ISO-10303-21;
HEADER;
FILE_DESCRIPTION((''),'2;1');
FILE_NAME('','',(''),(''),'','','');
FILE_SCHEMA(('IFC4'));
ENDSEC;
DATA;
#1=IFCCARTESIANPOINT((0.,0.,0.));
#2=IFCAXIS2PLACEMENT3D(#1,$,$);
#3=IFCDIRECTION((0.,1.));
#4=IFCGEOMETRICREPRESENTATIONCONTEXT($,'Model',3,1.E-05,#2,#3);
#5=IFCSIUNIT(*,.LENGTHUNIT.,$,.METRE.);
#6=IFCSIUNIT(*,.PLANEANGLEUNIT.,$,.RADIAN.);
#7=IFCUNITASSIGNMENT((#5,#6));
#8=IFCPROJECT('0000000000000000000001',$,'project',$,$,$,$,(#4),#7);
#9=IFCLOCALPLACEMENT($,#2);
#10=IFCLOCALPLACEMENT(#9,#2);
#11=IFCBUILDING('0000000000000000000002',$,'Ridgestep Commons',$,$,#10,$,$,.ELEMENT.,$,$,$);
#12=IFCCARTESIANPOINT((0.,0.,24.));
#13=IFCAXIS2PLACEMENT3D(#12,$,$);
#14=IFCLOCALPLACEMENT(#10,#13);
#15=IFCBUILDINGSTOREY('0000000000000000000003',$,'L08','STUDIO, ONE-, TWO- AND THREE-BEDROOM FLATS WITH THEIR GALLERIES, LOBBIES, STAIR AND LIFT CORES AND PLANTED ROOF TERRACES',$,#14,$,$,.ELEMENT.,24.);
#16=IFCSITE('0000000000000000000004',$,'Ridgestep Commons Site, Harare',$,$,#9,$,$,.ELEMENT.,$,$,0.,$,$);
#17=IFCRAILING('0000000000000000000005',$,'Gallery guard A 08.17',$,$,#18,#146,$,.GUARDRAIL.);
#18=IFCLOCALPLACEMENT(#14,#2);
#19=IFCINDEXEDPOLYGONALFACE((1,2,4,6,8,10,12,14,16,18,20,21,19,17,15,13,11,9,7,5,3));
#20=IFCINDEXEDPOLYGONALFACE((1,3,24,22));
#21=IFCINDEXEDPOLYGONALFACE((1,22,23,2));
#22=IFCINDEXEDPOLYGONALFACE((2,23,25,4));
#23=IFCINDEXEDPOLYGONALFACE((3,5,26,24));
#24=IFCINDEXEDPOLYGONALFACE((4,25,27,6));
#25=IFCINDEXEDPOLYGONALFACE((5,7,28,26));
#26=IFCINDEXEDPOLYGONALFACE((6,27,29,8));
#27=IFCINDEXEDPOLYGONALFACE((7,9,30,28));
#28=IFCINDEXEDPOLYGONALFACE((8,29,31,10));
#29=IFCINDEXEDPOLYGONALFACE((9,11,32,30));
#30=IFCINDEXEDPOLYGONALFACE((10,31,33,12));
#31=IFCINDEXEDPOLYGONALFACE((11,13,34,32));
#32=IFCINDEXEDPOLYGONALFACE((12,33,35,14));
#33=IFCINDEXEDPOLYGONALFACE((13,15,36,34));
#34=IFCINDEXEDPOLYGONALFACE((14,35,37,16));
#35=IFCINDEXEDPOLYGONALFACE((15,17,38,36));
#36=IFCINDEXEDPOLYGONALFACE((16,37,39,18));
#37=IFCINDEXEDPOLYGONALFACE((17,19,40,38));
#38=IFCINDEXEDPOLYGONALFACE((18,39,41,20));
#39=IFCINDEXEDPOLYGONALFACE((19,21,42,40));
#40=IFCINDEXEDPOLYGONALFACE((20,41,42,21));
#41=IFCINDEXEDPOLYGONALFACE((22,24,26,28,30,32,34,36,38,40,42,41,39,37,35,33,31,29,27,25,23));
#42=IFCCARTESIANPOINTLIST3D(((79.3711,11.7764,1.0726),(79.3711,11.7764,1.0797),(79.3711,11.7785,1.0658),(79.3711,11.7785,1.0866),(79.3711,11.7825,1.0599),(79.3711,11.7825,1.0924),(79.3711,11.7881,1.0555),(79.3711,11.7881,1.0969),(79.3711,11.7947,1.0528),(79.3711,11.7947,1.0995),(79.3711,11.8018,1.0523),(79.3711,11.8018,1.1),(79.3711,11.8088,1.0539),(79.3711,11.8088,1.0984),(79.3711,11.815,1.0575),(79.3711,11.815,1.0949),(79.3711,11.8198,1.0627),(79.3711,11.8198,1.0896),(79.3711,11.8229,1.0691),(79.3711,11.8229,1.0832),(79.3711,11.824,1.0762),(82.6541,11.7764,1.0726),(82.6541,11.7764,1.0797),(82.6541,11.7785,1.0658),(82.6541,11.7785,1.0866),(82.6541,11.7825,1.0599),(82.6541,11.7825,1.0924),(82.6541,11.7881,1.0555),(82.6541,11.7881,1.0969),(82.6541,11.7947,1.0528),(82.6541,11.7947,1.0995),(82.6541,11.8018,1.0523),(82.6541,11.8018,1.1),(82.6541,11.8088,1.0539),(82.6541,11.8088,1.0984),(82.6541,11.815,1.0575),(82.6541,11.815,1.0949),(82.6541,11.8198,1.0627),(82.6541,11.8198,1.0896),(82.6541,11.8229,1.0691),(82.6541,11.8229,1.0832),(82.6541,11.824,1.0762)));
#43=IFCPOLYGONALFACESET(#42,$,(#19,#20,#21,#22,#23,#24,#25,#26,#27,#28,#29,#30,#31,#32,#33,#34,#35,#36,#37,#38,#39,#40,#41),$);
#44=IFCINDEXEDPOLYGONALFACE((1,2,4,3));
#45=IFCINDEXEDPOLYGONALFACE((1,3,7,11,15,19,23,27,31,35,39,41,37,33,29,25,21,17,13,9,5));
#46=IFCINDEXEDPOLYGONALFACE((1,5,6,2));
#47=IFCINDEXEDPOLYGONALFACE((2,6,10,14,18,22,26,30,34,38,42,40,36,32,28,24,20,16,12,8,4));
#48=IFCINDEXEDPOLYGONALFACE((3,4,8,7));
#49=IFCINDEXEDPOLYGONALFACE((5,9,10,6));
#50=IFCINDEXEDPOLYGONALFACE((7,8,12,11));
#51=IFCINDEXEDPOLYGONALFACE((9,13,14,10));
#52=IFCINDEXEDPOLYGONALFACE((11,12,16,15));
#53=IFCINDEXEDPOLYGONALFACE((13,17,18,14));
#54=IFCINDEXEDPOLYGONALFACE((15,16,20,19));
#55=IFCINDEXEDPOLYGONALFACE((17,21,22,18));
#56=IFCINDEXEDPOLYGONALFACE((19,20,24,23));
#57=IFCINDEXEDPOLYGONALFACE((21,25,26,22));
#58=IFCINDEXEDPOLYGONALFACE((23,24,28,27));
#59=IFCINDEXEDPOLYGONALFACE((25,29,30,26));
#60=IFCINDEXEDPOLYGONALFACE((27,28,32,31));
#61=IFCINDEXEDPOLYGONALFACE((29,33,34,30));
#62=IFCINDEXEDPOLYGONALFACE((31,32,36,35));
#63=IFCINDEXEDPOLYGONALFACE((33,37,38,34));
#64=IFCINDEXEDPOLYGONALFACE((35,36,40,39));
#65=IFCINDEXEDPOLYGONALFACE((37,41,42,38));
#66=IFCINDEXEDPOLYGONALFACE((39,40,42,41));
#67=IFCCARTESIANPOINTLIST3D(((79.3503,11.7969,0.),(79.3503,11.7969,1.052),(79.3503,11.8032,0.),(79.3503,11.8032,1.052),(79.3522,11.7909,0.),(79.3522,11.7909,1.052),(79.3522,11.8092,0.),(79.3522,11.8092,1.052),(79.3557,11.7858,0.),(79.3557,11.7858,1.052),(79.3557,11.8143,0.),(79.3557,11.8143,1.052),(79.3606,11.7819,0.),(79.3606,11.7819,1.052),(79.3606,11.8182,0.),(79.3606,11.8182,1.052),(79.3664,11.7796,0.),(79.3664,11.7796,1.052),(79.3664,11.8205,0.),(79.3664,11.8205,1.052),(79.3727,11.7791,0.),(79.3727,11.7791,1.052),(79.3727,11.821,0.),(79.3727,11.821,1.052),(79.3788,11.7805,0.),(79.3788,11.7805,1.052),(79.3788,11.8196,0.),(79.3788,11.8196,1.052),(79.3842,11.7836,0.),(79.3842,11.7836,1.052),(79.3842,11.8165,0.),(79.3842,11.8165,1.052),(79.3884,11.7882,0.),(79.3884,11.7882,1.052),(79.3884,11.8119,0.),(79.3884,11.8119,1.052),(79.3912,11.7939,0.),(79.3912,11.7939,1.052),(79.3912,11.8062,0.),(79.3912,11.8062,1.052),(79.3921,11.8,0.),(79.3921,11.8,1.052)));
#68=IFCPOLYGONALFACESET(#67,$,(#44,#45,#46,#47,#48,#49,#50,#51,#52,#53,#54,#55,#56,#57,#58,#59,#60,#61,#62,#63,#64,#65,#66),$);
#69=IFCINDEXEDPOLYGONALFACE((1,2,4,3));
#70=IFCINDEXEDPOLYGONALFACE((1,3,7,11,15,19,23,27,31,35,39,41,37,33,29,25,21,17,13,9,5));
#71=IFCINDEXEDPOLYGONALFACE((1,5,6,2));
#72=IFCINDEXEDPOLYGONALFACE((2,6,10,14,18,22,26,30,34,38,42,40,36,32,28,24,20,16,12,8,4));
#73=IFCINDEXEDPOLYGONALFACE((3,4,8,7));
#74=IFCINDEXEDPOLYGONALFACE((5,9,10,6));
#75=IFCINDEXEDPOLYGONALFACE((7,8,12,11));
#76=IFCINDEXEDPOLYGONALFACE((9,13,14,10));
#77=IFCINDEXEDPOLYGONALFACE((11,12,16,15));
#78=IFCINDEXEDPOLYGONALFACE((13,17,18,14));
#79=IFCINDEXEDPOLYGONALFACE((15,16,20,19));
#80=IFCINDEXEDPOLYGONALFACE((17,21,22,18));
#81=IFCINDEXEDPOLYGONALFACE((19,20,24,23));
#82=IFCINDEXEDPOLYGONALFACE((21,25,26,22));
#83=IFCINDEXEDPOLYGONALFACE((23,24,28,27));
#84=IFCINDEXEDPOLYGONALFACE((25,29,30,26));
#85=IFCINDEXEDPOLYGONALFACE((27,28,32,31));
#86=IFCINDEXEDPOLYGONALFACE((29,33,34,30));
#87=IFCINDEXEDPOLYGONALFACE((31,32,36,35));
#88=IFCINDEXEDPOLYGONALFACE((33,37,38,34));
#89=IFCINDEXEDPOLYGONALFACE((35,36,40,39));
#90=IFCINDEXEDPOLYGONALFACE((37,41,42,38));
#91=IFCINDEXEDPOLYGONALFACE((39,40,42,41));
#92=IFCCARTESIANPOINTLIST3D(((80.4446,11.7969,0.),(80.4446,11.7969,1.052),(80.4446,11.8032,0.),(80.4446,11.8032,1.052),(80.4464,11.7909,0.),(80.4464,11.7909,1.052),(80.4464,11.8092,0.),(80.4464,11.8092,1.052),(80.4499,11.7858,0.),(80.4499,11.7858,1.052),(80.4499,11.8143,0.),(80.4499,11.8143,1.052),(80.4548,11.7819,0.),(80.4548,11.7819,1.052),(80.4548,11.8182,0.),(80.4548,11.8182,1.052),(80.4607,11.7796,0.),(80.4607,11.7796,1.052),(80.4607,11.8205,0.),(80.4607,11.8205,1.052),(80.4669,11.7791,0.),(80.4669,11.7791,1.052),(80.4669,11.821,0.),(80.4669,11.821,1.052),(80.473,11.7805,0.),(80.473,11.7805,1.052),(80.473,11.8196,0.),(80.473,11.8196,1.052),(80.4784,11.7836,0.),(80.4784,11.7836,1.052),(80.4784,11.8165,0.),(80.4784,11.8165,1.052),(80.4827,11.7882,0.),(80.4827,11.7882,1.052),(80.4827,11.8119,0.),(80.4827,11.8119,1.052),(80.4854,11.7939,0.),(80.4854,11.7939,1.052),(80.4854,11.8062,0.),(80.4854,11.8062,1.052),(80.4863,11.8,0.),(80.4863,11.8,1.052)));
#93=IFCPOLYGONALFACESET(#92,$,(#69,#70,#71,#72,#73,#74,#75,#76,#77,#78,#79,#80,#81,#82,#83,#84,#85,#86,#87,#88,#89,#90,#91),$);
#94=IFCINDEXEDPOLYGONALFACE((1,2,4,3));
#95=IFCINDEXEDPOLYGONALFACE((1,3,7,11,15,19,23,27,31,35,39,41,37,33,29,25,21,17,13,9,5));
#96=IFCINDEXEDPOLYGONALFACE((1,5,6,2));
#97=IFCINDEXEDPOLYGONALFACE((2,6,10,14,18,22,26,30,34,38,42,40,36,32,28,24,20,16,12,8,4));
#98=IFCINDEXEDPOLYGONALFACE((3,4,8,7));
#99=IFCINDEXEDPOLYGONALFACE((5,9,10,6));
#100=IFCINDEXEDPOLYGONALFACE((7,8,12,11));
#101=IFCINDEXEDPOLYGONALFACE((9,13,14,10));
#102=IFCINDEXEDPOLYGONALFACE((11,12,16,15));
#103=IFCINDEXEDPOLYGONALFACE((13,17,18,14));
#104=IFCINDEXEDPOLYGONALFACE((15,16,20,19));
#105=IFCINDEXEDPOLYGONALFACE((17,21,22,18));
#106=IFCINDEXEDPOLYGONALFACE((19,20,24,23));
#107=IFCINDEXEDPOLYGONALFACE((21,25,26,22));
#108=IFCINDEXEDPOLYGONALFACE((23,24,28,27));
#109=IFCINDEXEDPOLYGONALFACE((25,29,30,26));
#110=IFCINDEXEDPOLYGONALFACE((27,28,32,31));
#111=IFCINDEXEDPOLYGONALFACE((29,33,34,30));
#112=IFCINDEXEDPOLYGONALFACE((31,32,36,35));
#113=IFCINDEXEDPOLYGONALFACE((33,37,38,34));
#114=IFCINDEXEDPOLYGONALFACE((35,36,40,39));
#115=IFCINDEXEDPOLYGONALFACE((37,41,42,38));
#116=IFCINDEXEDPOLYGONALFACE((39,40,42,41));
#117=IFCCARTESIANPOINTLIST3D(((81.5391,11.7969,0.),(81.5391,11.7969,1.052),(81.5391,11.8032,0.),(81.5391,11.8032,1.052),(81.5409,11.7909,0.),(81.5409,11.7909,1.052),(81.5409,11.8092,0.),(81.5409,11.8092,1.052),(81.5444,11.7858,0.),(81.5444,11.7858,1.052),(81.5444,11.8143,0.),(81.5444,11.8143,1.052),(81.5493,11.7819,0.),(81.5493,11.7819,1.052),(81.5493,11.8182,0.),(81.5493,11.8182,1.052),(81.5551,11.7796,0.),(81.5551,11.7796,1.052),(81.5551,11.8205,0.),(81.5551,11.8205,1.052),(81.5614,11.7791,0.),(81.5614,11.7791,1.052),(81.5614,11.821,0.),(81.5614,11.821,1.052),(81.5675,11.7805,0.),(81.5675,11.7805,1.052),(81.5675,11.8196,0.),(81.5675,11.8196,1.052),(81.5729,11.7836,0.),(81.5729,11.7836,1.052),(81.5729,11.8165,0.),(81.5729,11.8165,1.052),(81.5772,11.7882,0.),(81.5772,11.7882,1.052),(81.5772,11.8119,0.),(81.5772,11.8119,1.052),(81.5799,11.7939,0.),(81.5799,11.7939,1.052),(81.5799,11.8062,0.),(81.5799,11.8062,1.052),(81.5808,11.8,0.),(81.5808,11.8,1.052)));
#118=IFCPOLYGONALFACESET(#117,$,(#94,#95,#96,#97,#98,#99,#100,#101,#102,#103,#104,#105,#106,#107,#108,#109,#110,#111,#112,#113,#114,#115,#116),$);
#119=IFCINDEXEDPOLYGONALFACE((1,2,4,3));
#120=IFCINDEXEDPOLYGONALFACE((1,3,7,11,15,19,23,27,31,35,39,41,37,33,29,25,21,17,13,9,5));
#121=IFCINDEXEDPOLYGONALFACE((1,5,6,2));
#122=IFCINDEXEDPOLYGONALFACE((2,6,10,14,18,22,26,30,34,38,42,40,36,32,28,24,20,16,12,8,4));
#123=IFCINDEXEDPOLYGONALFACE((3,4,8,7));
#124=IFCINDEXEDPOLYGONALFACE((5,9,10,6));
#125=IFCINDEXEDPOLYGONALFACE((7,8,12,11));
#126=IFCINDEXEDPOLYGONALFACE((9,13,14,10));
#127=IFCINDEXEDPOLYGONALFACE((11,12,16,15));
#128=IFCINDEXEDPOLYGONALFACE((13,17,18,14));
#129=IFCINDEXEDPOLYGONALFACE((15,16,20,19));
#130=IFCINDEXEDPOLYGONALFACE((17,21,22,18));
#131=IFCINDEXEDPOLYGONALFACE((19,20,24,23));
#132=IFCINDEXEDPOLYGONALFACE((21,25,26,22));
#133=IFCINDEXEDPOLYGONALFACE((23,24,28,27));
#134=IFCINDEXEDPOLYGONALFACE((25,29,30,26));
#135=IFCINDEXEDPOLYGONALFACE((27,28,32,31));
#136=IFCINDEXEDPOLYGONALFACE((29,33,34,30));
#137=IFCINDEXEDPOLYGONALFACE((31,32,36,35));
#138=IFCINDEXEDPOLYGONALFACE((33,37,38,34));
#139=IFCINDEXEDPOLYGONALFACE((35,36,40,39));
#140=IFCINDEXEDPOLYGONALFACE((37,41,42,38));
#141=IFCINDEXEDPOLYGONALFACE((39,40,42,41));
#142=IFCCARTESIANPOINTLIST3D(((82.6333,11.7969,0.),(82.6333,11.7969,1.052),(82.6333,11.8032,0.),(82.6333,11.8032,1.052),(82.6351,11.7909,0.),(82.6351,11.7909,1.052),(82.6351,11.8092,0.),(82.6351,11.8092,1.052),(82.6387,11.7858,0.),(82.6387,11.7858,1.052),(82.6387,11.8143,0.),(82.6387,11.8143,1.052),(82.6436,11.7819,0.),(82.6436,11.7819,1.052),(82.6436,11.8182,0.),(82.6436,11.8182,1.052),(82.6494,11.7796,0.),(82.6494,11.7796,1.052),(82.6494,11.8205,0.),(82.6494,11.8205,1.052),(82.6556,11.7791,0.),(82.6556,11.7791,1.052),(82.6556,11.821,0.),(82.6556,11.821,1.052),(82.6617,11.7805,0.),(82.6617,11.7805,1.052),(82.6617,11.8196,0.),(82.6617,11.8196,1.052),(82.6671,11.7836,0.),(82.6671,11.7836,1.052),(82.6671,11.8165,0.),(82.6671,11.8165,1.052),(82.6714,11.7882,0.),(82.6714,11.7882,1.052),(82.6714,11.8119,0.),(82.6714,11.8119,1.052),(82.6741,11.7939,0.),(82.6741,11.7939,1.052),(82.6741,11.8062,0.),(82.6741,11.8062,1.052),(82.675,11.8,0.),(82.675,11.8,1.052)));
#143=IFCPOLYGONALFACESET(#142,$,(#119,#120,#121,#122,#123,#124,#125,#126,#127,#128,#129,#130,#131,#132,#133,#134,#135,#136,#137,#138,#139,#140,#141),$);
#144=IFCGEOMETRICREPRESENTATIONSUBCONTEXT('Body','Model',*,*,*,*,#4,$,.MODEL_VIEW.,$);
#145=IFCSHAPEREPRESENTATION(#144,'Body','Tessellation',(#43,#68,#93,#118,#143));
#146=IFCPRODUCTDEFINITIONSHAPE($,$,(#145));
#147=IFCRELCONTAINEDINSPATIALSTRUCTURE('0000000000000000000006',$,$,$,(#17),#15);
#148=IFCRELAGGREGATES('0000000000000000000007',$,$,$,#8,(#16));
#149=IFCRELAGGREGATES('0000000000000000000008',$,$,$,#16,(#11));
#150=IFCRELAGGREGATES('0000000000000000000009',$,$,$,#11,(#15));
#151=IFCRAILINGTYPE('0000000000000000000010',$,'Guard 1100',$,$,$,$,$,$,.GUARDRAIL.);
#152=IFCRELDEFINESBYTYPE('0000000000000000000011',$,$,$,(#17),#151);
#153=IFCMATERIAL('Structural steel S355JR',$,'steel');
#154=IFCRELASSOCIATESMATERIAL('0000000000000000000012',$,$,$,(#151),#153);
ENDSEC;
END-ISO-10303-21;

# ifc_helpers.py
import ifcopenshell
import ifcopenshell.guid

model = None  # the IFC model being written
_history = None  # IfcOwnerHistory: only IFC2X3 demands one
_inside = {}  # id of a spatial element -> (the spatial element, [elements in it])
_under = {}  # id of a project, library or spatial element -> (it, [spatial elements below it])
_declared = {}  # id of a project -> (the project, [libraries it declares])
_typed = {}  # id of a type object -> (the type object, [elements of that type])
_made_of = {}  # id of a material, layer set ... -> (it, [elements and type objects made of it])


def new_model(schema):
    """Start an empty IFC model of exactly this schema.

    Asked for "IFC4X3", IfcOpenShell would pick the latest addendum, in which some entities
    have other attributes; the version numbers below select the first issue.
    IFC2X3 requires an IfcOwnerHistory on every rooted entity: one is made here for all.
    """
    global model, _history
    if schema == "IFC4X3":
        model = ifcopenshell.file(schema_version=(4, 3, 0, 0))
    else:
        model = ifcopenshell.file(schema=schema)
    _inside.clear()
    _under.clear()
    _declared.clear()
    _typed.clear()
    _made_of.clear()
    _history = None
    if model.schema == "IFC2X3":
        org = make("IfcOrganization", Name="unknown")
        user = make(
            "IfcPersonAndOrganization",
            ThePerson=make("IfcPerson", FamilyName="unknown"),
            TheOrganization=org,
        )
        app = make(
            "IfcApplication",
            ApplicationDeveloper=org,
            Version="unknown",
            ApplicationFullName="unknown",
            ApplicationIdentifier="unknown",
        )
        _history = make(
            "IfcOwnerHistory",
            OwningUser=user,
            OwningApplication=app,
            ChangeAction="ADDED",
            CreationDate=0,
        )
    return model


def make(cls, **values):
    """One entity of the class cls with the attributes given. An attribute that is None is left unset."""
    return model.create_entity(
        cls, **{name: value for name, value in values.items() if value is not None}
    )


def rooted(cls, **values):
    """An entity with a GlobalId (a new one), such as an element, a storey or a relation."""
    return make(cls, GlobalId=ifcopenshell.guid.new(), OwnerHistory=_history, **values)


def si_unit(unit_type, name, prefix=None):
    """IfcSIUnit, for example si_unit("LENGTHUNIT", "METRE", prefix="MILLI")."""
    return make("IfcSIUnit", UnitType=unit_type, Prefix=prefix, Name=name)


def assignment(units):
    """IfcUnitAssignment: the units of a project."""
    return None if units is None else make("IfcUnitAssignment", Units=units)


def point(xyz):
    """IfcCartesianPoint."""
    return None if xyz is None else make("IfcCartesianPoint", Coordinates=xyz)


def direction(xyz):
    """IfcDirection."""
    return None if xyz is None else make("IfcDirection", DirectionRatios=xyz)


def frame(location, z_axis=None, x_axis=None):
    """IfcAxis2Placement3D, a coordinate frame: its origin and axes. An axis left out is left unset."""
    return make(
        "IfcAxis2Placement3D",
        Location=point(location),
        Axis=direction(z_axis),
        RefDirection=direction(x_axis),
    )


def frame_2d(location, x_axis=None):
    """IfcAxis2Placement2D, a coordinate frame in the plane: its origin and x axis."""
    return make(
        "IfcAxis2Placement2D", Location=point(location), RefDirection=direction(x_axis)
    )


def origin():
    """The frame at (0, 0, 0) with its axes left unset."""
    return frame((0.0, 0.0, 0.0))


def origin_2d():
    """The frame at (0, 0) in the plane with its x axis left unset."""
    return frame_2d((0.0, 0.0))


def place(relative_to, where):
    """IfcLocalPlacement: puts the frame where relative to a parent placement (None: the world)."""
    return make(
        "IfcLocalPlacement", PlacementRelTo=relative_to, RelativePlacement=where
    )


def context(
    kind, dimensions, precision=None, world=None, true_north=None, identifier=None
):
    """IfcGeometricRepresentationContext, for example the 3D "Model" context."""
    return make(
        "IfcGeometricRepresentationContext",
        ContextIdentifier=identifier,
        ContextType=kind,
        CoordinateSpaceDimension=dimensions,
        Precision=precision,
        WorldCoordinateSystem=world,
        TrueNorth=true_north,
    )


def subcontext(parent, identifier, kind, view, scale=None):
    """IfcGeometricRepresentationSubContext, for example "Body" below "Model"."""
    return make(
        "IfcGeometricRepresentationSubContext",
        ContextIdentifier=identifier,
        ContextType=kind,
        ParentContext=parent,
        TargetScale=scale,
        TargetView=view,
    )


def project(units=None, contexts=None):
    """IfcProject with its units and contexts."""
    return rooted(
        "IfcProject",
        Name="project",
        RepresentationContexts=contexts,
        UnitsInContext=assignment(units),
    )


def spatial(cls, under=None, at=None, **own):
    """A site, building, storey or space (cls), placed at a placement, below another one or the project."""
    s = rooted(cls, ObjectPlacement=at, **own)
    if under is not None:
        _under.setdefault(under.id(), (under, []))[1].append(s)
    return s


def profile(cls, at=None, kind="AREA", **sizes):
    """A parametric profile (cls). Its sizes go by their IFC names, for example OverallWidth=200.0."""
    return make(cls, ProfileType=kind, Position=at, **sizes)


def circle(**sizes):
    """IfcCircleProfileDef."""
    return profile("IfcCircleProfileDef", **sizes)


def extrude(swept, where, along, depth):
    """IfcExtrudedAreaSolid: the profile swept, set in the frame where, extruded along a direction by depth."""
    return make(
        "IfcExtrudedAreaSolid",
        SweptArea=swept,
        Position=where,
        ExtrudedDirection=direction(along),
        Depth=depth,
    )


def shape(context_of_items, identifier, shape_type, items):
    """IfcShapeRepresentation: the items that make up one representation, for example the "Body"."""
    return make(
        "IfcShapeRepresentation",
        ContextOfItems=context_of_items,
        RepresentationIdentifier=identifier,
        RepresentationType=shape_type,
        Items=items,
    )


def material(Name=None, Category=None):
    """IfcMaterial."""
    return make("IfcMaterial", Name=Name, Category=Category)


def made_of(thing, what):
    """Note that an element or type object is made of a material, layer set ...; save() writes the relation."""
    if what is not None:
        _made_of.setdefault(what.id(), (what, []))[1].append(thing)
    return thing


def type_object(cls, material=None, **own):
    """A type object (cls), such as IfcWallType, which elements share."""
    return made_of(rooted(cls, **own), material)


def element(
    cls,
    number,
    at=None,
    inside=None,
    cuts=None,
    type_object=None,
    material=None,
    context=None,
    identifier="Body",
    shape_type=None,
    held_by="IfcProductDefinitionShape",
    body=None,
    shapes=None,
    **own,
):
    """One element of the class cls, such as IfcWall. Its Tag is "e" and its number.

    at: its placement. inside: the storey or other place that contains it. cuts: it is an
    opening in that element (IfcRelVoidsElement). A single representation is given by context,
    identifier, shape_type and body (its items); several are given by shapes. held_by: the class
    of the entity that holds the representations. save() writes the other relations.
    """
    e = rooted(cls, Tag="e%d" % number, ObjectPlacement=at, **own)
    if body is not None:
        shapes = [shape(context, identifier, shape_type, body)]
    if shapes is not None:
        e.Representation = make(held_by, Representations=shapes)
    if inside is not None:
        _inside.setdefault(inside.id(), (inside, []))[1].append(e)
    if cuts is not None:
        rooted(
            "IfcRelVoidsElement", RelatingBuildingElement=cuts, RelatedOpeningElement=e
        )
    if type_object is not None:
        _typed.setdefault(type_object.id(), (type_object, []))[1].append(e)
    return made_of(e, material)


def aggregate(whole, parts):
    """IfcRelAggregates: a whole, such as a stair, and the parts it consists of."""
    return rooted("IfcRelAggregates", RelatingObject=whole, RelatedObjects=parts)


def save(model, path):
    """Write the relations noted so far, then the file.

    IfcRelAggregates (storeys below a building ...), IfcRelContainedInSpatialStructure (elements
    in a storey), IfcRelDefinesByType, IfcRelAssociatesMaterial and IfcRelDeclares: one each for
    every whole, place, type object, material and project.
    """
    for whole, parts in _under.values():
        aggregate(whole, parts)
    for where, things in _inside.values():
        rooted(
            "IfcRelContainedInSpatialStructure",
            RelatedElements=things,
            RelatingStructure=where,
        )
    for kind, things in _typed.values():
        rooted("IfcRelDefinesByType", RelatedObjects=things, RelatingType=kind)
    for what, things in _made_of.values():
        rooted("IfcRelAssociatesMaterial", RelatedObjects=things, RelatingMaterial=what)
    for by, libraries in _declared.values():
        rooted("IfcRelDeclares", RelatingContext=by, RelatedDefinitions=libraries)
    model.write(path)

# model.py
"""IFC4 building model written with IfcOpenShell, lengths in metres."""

from ifc_helpers import new_model, si_unit, direction, frame, origin, origin_2d, place, context, subcontext, project, spatial, circle, extrude, material, type_object, element, save


model = new_model("IFC4")

# Units and contexts
model_context = context("Model", 3, precision=1e-05, world=origin(), true_north=direction((0.0, 1.0)))
body_context = subcontext(model_context, "Body", "Model", "MODEL_VIEW")
ifc_project = project(units=[si_unit("LENGTHUNIT", "METRE"), si_unit("PLANEANGLEUNIT", "RADIAN")], contexts=[model_context])

# Site, building, storey
site_placement = place(None, origin())
site = spatial("IfcSite", under=ifc_project, at=site_placement, Name="Ridgestep Commons Site, Harare", CompositionType="ELEMENT", RefElevation=0.0)
building_placement = place(site_placement, origin())
building = spatial("IfcBuilding", under=site, at=building_placement, Name="Ridgestep Commons", CompositionType="ELEMENT")
storey_placement = place(building_placement, frame((0.0, 0.0, 24.0)))
storey = spatial("IfcBuildingStorey", under=building, at=storey_placement, Name="L08", Description="STUDIO, ONE-, TWO- AND THREE-BEDROOM FLATS WITH THEIR GALLERIES, LOBBIES, STAIR AND LIFT CORES AND PLANTED ROOF TERRACES", CompositionType="ELEMENT", Elevation=24.0)

# Railing
ifc_material_1 = material(Name="Structural steel S355JR", Category="steel")
railing_type = type_object("IfcRailingType", Name="Guard 1100", PredefinedType="GUARDRAIL", material=ifc_material_1)
railing_1_placement = place(storey_placement, frame((79.3711, 11.8, 0.0)))
element("IfcRailing", 1, at=railing_1_placement, inside=storey, type_object=railing_type, Name="Gallery guard A 08.17", PredefinedType="GUARDRAIL", context=body_context, shape_type="SweptSolid", body=[
    extrude(circle(Radius=0.0239, at=origin_2d()), frame((0.0, 0.0, 1.0762), z_axis=(1.0, 0.0, 0.0), x_axis=(0.0, 1.0, 0.0)), (0.0, 0.0, 1.0), 3.283),
    extrude(circle(Radius=0.021, at=origin_2d()), origin(), (0.0, 0.0, 1.0), 1.052),
    extrude(circle(Radius=0.021, at=origin_2d()), frame((1.0942, 0.0, 0.0)), (0.0, 0.0, 1.0), 1.052),
    extrude(circle(Radius=0.021, at=origin_2d()), frame((2.1887, 0.0, 0.0)), (0.0, 0.0, 1.0), 1.052),
    extrude(circle(Radius=0.021, at=origin_2d()), frame((3.283, 0.0, 0.0)), (0.0, 0.0, 1.0), 1.052),
])

save(model, "model.ifc")
